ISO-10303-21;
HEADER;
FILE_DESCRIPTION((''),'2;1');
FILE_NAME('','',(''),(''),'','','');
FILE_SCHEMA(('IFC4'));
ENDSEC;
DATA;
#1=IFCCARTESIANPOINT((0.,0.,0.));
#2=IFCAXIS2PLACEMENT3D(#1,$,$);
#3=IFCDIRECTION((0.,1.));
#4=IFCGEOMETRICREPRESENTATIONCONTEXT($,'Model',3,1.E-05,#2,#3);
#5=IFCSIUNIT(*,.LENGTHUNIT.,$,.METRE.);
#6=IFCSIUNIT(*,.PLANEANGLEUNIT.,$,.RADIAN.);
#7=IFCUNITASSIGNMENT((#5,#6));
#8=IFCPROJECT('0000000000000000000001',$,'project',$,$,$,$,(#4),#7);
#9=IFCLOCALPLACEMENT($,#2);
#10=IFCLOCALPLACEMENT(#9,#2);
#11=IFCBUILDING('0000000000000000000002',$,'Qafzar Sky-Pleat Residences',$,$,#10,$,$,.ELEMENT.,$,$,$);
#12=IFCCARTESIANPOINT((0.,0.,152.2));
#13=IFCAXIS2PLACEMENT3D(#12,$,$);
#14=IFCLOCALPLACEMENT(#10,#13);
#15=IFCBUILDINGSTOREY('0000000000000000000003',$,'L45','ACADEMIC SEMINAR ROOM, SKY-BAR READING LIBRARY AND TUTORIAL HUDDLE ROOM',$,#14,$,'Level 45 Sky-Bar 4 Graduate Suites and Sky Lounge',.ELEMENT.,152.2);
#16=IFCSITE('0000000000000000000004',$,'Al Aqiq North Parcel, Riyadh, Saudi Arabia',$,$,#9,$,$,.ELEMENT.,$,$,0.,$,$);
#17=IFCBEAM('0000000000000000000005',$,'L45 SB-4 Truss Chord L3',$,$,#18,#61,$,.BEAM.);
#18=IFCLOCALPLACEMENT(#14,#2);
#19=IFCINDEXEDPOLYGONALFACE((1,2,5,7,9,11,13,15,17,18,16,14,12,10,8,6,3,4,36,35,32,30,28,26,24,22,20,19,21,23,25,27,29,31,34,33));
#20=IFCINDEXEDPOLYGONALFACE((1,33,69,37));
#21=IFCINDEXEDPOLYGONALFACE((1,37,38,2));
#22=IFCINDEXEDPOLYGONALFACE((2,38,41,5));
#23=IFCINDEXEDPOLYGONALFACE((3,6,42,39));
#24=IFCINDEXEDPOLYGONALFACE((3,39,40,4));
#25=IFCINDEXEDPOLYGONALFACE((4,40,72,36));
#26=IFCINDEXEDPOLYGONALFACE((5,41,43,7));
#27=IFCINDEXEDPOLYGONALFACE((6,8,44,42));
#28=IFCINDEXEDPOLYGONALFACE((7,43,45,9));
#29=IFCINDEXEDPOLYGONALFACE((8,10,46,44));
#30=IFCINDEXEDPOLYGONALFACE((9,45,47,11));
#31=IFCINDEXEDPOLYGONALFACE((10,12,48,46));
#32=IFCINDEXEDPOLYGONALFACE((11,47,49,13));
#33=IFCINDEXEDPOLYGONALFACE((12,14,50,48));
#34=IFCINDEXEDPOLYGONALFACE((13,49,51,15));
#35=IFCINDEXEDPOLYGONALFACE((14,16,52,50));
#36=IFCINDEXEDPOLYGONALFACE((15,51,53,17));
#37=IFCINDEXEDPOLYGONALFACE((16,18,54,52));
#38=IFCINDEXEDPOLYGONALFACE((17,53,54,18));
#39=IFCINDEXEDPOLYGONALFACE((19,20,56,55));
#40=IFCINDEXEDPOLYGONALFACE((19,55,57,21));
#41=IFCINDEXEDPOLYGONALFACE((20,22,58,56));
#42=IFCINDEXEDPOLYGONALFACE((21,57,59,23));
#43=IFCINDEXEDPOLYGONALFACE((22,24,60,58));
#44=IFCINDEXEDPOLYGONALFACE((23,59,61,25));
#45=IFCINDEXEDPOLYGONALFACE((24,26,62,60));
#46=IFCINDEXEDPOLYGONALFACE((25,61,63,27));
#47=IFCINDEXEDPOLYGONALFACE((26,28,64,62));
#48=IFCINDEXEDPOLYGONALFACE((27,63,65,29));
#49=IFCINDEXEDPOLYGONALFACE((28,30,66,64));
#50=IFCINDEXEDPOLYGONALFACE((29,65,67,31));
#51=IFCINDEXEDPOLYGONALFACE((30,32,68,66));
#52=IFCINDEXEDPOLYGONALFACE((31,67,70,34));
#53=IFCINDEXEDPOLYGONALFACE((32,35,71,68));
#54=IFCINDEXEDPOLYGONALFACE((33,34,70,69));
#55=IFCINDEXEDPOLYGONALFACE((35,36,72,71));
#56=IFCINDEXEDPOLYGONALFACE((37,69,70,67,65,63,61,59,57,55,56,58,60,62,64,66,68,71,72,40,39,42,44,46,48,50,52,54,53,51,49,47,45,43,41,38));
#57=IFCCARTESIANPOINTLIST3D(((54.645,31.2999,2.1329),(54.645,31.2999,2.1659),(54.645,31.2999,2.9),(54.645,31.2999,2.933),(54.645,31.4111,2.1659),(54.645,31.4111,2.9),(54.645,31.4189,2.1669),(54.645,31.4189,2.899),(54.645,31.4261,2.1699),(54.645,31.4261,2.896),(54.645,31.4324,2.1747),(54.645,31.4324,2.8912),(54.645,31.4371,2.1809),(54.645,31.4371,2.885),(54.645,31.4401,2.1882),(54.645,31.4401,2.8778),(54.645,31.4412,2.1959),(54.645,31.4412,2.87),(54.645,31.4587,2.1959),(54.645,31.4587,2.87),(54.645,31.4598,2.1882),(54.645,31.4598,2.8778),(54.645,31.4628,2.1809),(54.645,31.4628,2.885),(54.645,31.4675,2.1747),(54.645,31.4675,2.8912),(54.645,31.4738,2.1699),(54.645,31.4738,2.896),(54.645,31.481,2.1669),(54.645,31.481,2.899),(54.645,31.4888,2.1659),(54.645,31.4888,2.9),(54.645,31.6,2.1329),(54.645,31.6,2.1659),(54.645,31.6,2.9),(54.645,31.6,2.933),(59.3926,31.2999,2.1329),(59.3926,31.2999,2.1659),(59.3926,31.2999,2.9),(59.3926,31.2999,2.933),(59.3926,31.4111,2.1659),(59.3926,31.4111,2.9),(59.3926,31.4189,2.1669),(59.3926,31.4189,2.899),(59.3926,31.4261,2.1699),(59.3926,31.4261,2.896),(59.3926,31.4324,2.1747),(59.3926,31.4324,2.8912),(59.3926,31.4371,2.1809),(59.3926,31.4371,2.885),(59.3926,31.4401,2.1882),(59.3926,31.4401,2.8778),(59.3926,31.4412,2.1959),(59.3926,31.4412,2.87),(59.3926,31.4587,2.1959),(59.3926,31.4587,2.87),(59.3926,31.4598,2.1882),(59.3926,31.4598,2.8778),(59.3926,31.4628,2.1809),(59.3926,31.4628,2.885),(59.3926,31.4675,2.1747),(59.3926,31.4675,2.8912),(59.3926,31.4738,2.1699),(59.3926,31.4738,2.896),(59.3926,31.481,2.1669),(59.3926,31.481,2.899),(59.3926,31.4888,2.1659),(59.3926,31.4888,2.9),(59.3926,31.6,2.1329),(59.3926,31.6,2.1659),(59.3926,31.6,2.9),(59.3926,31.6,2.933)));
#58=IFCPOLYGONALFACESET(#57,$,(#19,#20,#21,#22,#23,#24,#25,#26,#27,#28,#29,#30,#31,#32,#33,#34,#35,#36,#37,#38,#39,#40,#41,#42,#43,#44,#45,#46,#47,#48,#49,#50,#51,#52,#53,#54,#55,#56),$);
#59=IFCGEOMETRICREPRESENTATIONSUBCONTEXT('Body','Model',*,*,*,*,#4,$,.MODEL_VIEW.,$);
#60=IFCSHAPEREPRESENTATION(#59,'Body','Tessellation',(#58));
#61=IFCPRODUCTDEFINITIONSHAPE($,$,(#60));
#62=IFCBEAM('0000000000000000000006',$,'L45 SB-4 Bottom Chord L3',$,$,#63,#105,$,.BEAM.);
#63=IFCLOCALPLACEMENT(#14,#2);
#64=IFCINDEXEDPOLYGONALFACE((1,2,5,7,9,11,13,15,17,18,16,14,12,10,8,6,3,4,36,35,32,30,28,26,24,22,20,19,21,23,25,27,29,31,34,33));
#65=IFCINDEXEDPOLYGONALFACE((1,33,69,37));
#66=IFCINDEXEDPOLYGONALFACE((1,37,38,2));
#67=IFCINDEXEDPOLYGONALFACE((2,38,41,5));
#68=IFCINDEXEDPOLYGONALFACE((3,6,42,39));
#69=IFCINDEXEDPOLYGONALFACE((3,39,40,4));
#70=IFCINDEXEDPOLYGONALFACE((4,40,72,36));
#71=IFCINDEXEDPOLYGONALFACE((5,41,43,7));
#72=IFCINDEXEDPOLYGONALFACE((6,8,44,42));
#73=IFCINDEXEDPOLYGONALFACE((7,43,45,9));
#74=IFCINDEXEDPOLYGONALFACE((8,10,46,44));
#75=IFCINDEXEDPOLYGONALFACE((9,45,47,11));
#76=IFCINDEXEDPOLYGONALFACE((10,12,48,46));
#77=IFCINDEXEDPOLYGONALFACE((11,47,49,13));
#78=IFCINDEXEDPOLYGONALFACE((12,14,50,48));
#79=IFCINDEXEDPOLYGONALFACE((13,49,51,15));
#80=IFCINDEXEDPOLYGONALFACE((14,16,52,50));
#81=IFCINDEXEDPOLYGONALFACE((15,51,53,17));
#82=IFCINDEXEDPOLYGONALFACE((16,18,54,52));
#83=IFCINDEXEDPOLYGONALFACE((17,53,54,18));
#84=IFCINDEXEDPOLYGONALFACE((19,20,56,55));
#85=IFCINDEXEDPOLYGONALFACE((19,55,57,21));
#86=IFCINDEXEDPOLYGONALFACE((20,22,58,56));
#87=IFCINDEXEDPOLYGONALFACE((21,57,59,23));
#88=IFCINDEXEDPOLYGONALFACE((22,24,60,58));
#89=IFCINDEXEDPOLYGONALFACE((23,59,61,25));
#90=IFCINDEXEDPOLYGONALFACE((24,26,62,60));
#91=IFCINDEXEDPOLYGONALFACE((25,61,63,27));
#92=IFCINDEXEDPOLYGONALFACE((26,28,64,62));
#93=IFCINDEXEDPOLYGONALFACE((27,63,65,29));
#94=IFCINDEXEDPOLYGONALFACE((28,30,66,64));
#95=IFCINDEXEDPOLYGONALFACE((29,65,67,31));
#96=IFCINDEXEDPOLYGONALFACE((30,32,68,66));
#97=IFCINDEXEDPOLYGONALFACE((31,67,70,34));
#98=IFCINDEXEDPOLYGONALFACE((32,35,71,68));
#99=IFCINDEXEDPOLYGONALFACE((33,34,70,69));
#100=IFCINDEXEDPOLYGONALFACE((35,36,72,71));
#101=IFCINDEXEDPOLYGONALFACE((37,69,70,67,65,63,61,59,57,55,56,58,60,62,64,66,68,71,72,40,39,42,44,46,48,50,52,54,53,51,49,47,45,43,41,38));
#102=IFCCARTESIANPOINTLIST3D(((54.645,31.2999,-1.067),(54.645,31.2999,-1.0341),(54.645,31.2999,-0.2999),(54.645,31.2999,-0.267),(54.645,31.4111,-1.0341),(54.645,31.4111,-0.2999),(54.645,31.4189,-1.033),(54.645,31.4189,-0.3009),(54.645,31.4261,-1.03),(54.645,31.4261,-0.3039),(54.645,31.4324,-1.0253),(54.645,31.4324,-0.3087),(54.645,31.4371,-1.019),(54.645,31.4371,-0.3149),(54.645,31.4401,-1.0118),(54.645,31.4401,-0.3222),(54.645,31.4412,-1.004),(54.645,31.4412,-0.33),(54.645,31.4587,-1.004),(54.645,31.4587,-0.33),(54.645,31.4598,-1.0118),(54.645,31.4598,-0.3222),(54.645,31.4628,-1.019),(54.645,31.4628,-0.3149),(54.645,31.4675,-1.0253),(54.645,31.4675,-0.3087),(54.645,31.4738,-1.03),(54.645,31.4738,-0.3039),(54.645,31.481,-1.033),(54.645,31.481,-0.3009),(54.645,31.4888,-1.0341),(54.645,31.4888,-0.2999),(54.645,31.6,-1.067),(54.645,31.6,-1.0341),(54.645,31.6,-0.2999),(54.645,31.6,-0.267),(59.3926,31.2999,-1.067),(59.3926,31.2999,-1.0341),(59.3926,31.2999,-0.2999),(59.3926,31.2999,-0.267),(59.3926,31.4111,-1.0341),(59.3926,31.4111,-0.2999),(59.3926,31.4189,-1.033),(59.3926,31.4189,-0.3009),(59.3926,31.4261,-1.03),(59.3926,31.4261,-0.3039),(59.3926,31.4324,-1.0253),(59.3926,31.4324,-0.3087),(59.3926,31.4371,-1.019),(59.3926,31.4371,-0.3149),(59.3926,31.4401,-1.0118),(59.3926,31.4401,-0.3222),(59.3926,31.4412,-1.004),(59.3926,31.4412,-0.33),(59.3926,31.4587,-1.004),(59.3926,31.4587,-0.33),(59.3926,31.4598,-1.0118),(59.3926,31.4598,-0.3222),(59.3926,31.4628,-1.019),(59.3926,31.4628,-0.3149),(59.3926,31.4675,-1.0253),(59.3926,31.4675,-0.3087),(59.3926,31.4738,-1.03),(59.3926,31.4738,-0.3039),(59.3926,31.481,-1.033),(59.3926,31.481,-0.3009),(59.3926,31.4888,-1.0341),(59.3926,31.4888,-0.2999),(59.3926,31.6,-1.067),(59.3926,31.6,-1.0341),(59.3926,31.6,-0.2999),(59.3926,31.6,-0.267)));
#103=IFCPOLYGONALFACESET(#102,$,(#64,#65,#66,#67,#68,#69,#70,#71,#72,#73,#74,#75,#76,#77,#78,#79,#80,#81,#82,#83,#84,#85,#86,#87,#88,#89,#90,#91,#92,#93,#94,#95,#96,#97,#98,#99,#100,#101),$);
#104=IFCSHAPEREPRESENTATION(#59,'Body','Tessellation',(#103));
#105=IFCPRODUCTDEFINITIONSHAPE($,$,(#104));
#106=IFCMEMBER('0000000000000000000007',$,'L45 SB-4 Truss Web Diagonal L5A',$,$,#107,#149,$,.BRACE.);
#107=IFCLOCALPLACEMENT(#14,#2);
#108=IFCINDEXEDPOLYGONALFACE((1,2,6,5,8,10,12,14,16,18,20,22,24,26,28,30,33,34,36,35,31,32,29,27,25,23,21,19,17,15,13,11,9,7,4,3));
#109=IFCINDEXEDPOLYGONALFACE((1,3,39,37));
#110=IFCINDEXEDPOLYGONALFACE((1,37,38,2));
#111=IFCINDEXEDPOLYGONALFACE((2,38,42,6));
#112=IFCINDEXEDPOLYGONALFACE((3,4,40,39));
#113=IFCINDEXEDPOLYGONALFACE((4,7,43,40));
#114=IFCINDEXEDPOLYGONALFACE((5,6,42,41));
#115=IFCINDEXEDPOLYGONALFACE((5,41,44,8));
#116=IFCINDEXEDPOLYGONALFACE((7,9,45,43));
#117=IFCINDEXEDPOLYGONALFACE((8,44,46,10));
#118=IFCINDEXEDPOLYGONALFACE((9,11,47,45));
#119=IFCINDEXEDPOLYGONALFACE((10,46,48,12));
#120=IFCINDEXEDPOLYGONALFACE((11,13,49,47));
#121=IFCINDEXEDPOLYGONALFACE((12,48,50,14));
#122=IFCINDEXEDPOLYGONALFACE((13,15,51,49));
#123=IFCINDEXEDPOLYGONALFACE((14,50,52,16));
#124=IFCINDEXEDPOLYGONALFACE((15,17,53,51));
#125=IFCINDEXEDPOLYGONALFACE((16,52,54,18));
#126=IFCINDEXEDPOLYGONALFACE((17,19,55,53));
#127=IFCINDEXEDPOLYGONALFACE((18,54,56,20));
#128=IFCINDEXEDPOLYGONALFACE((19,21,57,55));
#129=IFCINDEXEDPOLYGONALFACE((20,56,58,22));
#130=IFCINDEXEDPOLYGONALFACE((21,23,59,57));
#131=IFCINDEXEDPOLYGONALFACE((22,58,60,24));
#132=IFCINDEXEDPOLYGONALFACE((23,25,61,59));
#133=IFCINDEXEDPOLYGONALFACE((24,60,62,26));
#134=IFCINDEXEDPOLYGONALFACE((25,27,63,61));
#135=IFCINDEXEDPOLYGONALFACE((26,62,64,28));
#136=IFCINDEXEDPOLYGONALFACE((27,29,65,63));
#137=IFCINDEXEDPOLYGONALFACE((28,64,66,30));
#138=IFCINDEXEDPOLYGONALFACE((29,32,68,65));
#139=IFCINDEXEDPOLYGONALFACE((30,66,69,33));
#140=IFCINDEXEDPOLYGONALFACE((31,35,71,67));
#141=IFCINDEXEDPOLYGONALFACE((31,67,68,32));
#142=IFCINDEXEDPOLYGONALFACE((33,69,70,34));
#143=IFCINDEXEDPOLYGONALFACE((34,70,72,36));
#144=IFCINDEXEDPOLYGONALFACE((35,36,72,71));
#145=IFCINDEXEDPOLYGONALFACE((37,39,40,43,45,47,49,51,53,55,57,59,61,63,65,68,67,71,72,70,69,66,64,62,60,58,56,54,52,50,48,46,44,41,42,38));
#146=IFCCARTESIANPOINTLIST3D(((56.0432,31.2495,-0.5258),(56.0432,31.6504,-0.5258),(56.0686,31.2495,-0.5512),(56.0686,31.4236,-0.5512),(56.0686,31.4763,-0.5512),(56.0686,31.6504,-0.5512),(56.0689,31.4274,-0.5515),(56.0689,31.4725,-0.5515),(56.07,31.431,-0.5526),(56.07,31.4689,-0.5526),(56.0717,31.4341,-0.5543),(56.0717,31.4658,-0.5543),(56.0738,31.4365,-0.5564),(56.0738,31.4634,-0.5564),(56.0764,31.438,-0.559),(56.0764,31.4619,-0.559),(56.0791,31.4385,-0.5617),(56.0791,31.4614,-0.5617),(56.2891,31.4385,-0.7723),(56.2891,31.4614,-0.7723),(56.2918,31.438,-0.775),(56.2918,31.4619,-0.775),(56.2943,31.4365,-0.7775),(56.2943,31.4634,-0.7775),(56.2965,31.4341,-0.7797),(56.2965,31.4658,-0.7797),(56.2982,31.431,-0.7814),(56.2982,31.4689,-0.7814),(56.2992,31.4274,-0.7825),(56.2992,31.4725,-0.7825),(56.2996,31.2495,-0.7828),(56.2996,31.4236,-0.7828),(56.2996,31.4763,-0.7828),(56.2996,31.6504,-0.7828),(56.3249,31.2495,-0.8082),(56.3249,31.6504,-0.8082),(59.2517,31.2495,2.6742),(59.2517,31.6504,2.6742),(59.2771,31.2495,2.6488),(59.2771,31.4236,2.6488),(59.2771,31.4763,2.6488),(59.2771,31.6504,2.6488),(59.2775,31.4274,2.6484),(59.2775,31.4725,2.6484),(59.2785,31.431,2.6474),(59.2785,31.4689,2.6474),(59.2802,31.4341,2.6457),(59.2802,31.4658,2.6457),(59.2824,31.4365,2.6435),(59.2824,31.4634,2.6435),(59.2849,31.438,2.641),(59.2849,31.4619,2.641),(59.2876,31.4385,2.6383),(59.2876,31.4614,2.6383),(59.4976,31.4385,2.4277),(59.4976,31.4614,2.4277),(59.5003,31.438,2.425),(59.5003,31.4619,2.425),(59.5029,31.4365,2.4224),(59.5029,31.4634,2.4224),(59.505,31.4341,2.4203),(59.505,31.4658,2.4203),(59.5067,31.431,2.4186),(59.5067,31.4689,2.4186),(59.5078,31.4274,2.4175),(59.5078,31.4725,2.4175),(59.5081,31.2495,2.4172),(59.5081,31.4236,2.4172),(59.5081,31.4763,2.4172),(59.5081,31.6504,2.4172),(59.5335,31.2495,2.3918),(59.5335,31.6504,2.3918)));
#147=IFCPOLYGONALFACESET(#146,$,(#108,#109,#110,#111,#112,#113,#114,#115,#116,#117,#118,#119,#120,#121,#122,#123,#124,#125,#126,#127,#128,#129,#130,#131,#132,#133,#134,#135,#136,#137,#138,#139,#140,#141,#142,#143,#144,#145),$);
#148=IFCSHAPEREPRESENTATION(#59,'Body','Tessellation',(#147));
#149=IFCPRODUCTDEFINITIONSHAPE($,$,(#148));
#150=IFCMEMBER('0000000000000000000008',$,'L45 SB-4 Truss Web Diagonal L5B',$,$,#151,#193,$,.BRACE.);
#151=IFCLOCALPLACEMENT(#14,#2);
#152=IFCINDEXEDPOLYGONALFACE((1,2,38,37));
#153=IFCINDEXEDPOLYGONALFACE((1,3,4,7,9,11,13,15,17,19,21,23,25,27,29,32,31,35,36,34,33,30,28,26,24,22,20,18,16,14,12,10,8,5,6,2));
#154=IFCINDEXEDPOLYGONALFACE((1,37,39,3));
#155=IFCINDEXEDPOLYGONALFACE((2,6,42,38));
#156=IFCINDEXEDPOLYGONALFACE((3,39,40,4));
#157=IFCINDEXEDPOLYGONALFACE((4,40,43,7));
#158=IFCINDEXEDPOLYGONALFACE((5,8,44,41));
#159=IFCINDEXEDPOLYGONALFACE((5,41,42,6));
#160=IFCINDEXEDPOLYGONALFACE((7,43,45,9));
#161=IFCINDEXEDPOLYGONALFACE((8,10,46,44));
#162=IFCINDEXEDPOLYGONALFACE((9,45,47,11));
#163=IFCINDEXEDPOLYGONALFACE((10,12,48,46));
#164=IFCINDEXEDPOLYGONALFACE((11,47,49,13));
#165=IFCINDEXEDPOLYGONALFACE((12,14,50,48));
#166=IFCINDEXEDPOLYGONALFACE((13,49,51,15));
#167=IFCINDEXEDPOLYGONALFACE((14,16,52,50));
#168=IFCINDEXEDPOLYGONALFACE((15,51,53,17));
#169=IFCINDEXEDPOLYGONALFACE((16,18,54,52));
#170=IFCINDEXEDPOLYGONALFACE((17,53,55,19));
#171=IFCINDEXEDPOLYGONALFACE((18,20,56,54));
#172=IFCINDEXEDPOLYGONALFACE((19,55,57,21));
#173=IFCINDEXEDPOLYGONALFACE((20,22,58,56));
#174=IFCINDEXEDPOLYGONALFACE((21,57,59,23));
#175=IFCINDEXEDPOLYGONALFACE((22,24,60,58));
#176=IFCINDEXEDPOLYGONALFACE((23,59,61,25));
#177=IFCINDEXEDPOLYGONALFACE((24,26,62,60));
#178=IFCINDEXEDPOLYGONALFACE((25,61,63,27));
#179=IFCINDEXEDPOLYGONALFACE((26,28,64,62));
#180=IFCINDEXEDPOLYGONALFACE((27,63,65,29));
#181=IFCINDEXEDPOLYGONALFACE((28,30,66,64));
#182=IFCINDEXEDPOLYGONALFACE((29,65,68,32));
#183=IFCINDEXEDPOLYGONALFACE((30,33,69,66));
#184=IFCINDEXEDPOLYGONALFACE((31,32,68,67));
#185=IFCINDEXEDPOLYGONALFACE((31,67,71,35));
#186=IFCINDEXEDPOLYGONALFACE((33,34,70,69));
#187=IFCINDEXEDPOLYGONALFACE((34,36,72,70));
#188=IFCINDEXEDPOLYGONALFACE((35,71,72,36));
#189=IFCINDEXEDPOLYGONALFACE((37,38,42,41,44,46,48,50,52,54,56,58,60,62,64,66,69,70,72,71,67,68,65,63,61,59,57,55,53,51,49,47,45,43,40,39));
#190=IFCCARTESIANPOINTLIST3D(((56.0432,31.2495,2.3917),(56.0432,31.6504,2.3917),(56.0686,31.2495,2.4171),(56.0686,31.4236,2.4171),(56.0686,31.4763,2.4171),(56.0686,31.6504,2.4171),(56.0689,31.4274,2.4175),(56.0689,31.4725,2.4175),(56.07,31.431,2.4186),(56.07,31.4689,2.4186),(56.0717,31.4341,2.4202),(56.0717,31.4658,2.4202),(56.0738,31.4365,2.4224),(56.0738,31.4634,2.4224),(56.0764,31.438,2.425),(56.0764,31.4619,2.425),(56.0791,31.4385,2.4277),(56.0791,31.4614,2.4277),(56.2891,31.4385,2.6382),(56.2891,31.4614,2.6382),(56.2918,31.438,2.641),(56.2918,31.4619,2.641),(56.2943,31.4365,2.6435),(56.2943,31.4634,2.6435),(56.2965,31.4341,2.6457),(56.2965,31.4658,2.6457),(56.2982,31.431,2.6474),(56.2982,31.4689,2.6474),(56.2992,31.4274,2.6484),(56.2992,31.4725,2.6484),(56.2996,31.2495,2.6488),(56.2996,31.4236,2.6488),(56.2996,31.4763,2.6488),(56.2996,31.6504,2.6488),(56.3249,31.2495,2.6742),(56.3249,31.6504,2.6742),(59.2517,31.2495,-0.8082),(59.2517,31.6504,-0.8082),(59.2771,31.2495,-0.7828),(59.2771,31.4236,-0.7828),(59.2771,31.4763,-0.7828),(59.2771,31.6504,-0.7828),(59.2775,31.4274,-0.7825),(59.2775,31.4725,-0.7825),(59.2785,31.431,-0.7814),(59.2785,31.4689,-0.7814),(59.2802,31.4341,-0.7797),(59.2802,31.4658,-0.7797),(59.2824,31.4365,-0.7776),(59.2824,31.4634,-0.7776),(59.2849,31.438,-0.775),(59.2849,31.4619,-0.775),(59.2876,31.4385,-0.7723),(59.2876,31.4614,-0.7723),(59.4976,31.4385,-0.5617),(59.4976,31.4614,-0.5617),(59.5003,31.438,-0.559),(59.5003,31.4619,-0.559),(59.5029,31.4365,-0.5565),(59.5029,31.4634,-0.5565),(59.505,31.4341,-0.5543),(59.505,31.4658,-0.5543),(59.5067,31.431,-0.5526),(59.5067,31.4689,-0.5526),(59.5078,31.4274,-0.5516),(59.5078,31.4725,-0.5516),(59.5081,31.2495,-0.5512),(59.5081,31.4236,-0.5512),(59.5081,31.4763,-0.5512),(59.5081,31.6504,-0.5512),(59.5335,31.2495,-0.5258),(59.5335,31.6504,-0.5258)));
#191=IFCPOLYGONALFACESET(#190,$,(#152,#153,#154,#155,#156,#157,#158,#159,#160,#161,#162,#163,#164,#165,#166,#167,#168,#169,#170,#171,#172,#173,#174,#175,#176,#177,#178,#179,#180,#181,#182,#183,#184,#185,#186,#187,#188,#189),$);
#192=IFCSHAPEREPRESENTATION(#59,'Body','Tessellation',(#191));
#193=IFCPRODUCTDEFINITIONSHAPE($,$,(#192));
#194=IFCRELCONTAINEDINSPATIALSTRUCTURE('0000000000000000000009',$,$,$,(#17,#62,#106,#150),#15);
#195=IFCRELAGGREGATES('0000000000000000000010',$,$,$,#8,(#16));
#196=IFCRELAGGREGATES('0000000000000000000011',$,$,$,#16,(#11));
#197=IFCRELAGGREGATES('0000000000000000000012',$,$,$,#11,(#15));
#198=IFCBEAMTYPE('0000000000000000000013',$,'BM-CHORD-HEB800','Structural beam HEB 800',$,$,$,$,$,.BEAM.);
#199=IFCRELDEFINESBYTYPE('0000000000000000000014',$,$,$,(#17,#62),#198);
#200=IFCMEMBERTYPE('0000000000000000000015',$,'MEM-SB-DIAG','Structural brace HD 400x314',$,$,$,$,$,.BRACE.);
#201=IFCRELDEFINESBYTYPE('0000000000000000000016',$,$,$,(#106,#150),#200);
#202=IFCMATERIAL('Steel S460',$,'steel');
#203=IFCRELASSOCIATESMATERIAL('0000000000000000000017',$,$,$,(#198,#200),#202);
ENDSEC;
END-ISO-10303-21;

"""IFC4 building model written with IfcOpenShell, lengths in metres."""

from ifc_helpers import new_model, si_unit, direction, frame, origin, origin_2d, place, context, subcontext, project, spatial, i_section, extrude, source, transform, mapped, material, material_profile, profile_set, type_object, element, save


model = new_model("IFC4")

# Units and contexts
model_context = context("Model", 3, precision=1e-05, world=origin(), true_north=direction((0.0, 1.0)))
body_context = subcontext(model_context, "Body", "Model", "MODEL_VIEW")
ifc_project = project(units=[si_unit("LENGTHUNIT", "METRE"), si_unit("PLANEANGLEUNIT", "RADIAN")], contexts=[model_context])

# Site, building, storey
site_placement = place(None, origin())
site = spatial("IfcSite", under=ifc_project, at=site_placement, Name="Al Aqiq North Parcel, Riyadh, Saudi Arabia", CompositionType="ELEMENT", RefElevation=0.0)
building_placement = place(site_placement, origin())
building = spatial("IfcBuilding", under=site, at=building_placement, Name="Qafzar Sky-Pleat Residences", CompositionType="ELEMENT")
storey_placement = place(building_placement, frame((0.0, 0.0, 152.2)))
storey = spatial("IfcBuildingStorey", under=building, at=storey_placement, Name="L45", Description="ACADEMIC SEMINAR ROOM, SKY-BAR READING LIBRARY AND TUTORIAL HUDDLE ROOM", LongName="Level 45 Sky-Bar 4 Graduate Suites and Sky Lounge", CompositionType="ELEMENT", Elevation=152.2)

# Beams
ifc_material_1 = material(Name="Steel S460", Category="steel")
ifc_material_profile_1 = material_profile(ifc_material_1, i_section(OverallWidth=0.3, OverallDepth=0.8, WebThickness=0.0176, FlangeThickness=0.033, FilletRadius=0.03, at=origin_2d()), Name="HEB 800")
ifc_profile_set_1 = profile_set([ifc_material_profile_1], Name="Steel S460")
beam_type_1 = type_object("IfcBeamType", Name="BM-CHORD-HEB800", Description="Structural beam HEB 800", PredefinedType="BEAM", material=ifc_profile_set_1)
shared_shape_1 = source(origin(), body_context, "Body", "SweptSolid", [
    extrude(i_section(OverallWidth=0.3, OverallDepth=0.8, WebThickness=0.0176, FlangeThickness=0.033, FilletRadius=0.03, at=origin_2d()), origin(), (0.0, 0.0, 1.0), 4.7476),
])
for number, where, z_axis, x_axis, name in (
    (1, (54.645, 31.45, 2.533), (1.0, 0.0, 0.0), (0.0, 1.0, 0.0), "L45 SB-4 Truss Chord L3"),
    (2, (54.645, 31.45, -0.667), (1.0, 0.0, 0.0), (0.0, 1.0, 0.0), "L45 SB-4 Bottom Chord L3"),
):
    element("IfcBeam", number, at=place(storey_placement, frame(where, z_axis=z_axis, x_axis=x_axis)), inside=storey, type_object=beam_type_1, Name=name, PredefinedType="BEAM", context=body_context, shape_type="MappedRepresentation", body=[
        mapped(shared_shape_1, transform((0.0, 0.0, 0.0), x_axis=(1.0, 0.0, 0.0), y_axis=(0.0, 1.0, 0.0), z_axis=(0.0, 0.0, 1.0), scale=1.0)),
    ])

# Members
ifc_material_profile_2 = material_profile(ifc_material_1, i_section(OverallWidth=0.4009, OverallDepth=0.3989, WebThickness=0.0229, FlangeThickness=0.0359, FilletRadius=0.0149, at=origin_2d()), Name="HD 400x314")
ifc_profile_set_2 = profile_set([ifc_material_profile_2], Name="Steel S460")
member_type_1 = type_object("IfcMemberType", Name="MEM-SB-DIAG", Description="Structural brace HD 400x314", PredefinedType="BRACE", material=ifc_profile_set_2)
shared_shape_2 = source(origin(), body_context, "Body", "SweptSolid", [
    extrude(i_section(OverallWidth=0.4009, OverallDepth=0.3989, WebThickness=0.0229, FlangeThickness=0.0359, FilletRadius=0.0149, at=origin_2d()), origin(), (0.0, 0.0, 1.0), 4.5315),
])
for number, where, z_axis, x_axis, name in (
    (3, (56.1841, 31.45, -0.667), (0.708049, 0.0, 0.706163), (0.0, 1.0, 0.0), "L45 SB-4 Truss Web Diagonal L5A"),
    (4, (56.1841, 31.45, 2.533), (0.708049, 0.0, -0.706163), (0.0, 1.0, 0.0), "L45 SB-4 Truss Web Diagonal L5B"),
):
    element("IfcMember", number, at=place(storey_placement, frame(where, z_axis=z_axis, x_axis=x_axis)), inside=storey, type_object=member_type_1, Name=name, PredefinedType="BRACE", context=body_context, shape_type="MappedRepresentation", body=[
        mapped(shared_shape_2, transform((0.0, 0.0, 0.0), x_axis=(1.0, 0.0, 0.0), y_axis=(0.0, 1.0, 0.0), z_axis=(0.0, 0.0, 1.0), scale=1.0)),
    ])

save(model, "model.ifc")
